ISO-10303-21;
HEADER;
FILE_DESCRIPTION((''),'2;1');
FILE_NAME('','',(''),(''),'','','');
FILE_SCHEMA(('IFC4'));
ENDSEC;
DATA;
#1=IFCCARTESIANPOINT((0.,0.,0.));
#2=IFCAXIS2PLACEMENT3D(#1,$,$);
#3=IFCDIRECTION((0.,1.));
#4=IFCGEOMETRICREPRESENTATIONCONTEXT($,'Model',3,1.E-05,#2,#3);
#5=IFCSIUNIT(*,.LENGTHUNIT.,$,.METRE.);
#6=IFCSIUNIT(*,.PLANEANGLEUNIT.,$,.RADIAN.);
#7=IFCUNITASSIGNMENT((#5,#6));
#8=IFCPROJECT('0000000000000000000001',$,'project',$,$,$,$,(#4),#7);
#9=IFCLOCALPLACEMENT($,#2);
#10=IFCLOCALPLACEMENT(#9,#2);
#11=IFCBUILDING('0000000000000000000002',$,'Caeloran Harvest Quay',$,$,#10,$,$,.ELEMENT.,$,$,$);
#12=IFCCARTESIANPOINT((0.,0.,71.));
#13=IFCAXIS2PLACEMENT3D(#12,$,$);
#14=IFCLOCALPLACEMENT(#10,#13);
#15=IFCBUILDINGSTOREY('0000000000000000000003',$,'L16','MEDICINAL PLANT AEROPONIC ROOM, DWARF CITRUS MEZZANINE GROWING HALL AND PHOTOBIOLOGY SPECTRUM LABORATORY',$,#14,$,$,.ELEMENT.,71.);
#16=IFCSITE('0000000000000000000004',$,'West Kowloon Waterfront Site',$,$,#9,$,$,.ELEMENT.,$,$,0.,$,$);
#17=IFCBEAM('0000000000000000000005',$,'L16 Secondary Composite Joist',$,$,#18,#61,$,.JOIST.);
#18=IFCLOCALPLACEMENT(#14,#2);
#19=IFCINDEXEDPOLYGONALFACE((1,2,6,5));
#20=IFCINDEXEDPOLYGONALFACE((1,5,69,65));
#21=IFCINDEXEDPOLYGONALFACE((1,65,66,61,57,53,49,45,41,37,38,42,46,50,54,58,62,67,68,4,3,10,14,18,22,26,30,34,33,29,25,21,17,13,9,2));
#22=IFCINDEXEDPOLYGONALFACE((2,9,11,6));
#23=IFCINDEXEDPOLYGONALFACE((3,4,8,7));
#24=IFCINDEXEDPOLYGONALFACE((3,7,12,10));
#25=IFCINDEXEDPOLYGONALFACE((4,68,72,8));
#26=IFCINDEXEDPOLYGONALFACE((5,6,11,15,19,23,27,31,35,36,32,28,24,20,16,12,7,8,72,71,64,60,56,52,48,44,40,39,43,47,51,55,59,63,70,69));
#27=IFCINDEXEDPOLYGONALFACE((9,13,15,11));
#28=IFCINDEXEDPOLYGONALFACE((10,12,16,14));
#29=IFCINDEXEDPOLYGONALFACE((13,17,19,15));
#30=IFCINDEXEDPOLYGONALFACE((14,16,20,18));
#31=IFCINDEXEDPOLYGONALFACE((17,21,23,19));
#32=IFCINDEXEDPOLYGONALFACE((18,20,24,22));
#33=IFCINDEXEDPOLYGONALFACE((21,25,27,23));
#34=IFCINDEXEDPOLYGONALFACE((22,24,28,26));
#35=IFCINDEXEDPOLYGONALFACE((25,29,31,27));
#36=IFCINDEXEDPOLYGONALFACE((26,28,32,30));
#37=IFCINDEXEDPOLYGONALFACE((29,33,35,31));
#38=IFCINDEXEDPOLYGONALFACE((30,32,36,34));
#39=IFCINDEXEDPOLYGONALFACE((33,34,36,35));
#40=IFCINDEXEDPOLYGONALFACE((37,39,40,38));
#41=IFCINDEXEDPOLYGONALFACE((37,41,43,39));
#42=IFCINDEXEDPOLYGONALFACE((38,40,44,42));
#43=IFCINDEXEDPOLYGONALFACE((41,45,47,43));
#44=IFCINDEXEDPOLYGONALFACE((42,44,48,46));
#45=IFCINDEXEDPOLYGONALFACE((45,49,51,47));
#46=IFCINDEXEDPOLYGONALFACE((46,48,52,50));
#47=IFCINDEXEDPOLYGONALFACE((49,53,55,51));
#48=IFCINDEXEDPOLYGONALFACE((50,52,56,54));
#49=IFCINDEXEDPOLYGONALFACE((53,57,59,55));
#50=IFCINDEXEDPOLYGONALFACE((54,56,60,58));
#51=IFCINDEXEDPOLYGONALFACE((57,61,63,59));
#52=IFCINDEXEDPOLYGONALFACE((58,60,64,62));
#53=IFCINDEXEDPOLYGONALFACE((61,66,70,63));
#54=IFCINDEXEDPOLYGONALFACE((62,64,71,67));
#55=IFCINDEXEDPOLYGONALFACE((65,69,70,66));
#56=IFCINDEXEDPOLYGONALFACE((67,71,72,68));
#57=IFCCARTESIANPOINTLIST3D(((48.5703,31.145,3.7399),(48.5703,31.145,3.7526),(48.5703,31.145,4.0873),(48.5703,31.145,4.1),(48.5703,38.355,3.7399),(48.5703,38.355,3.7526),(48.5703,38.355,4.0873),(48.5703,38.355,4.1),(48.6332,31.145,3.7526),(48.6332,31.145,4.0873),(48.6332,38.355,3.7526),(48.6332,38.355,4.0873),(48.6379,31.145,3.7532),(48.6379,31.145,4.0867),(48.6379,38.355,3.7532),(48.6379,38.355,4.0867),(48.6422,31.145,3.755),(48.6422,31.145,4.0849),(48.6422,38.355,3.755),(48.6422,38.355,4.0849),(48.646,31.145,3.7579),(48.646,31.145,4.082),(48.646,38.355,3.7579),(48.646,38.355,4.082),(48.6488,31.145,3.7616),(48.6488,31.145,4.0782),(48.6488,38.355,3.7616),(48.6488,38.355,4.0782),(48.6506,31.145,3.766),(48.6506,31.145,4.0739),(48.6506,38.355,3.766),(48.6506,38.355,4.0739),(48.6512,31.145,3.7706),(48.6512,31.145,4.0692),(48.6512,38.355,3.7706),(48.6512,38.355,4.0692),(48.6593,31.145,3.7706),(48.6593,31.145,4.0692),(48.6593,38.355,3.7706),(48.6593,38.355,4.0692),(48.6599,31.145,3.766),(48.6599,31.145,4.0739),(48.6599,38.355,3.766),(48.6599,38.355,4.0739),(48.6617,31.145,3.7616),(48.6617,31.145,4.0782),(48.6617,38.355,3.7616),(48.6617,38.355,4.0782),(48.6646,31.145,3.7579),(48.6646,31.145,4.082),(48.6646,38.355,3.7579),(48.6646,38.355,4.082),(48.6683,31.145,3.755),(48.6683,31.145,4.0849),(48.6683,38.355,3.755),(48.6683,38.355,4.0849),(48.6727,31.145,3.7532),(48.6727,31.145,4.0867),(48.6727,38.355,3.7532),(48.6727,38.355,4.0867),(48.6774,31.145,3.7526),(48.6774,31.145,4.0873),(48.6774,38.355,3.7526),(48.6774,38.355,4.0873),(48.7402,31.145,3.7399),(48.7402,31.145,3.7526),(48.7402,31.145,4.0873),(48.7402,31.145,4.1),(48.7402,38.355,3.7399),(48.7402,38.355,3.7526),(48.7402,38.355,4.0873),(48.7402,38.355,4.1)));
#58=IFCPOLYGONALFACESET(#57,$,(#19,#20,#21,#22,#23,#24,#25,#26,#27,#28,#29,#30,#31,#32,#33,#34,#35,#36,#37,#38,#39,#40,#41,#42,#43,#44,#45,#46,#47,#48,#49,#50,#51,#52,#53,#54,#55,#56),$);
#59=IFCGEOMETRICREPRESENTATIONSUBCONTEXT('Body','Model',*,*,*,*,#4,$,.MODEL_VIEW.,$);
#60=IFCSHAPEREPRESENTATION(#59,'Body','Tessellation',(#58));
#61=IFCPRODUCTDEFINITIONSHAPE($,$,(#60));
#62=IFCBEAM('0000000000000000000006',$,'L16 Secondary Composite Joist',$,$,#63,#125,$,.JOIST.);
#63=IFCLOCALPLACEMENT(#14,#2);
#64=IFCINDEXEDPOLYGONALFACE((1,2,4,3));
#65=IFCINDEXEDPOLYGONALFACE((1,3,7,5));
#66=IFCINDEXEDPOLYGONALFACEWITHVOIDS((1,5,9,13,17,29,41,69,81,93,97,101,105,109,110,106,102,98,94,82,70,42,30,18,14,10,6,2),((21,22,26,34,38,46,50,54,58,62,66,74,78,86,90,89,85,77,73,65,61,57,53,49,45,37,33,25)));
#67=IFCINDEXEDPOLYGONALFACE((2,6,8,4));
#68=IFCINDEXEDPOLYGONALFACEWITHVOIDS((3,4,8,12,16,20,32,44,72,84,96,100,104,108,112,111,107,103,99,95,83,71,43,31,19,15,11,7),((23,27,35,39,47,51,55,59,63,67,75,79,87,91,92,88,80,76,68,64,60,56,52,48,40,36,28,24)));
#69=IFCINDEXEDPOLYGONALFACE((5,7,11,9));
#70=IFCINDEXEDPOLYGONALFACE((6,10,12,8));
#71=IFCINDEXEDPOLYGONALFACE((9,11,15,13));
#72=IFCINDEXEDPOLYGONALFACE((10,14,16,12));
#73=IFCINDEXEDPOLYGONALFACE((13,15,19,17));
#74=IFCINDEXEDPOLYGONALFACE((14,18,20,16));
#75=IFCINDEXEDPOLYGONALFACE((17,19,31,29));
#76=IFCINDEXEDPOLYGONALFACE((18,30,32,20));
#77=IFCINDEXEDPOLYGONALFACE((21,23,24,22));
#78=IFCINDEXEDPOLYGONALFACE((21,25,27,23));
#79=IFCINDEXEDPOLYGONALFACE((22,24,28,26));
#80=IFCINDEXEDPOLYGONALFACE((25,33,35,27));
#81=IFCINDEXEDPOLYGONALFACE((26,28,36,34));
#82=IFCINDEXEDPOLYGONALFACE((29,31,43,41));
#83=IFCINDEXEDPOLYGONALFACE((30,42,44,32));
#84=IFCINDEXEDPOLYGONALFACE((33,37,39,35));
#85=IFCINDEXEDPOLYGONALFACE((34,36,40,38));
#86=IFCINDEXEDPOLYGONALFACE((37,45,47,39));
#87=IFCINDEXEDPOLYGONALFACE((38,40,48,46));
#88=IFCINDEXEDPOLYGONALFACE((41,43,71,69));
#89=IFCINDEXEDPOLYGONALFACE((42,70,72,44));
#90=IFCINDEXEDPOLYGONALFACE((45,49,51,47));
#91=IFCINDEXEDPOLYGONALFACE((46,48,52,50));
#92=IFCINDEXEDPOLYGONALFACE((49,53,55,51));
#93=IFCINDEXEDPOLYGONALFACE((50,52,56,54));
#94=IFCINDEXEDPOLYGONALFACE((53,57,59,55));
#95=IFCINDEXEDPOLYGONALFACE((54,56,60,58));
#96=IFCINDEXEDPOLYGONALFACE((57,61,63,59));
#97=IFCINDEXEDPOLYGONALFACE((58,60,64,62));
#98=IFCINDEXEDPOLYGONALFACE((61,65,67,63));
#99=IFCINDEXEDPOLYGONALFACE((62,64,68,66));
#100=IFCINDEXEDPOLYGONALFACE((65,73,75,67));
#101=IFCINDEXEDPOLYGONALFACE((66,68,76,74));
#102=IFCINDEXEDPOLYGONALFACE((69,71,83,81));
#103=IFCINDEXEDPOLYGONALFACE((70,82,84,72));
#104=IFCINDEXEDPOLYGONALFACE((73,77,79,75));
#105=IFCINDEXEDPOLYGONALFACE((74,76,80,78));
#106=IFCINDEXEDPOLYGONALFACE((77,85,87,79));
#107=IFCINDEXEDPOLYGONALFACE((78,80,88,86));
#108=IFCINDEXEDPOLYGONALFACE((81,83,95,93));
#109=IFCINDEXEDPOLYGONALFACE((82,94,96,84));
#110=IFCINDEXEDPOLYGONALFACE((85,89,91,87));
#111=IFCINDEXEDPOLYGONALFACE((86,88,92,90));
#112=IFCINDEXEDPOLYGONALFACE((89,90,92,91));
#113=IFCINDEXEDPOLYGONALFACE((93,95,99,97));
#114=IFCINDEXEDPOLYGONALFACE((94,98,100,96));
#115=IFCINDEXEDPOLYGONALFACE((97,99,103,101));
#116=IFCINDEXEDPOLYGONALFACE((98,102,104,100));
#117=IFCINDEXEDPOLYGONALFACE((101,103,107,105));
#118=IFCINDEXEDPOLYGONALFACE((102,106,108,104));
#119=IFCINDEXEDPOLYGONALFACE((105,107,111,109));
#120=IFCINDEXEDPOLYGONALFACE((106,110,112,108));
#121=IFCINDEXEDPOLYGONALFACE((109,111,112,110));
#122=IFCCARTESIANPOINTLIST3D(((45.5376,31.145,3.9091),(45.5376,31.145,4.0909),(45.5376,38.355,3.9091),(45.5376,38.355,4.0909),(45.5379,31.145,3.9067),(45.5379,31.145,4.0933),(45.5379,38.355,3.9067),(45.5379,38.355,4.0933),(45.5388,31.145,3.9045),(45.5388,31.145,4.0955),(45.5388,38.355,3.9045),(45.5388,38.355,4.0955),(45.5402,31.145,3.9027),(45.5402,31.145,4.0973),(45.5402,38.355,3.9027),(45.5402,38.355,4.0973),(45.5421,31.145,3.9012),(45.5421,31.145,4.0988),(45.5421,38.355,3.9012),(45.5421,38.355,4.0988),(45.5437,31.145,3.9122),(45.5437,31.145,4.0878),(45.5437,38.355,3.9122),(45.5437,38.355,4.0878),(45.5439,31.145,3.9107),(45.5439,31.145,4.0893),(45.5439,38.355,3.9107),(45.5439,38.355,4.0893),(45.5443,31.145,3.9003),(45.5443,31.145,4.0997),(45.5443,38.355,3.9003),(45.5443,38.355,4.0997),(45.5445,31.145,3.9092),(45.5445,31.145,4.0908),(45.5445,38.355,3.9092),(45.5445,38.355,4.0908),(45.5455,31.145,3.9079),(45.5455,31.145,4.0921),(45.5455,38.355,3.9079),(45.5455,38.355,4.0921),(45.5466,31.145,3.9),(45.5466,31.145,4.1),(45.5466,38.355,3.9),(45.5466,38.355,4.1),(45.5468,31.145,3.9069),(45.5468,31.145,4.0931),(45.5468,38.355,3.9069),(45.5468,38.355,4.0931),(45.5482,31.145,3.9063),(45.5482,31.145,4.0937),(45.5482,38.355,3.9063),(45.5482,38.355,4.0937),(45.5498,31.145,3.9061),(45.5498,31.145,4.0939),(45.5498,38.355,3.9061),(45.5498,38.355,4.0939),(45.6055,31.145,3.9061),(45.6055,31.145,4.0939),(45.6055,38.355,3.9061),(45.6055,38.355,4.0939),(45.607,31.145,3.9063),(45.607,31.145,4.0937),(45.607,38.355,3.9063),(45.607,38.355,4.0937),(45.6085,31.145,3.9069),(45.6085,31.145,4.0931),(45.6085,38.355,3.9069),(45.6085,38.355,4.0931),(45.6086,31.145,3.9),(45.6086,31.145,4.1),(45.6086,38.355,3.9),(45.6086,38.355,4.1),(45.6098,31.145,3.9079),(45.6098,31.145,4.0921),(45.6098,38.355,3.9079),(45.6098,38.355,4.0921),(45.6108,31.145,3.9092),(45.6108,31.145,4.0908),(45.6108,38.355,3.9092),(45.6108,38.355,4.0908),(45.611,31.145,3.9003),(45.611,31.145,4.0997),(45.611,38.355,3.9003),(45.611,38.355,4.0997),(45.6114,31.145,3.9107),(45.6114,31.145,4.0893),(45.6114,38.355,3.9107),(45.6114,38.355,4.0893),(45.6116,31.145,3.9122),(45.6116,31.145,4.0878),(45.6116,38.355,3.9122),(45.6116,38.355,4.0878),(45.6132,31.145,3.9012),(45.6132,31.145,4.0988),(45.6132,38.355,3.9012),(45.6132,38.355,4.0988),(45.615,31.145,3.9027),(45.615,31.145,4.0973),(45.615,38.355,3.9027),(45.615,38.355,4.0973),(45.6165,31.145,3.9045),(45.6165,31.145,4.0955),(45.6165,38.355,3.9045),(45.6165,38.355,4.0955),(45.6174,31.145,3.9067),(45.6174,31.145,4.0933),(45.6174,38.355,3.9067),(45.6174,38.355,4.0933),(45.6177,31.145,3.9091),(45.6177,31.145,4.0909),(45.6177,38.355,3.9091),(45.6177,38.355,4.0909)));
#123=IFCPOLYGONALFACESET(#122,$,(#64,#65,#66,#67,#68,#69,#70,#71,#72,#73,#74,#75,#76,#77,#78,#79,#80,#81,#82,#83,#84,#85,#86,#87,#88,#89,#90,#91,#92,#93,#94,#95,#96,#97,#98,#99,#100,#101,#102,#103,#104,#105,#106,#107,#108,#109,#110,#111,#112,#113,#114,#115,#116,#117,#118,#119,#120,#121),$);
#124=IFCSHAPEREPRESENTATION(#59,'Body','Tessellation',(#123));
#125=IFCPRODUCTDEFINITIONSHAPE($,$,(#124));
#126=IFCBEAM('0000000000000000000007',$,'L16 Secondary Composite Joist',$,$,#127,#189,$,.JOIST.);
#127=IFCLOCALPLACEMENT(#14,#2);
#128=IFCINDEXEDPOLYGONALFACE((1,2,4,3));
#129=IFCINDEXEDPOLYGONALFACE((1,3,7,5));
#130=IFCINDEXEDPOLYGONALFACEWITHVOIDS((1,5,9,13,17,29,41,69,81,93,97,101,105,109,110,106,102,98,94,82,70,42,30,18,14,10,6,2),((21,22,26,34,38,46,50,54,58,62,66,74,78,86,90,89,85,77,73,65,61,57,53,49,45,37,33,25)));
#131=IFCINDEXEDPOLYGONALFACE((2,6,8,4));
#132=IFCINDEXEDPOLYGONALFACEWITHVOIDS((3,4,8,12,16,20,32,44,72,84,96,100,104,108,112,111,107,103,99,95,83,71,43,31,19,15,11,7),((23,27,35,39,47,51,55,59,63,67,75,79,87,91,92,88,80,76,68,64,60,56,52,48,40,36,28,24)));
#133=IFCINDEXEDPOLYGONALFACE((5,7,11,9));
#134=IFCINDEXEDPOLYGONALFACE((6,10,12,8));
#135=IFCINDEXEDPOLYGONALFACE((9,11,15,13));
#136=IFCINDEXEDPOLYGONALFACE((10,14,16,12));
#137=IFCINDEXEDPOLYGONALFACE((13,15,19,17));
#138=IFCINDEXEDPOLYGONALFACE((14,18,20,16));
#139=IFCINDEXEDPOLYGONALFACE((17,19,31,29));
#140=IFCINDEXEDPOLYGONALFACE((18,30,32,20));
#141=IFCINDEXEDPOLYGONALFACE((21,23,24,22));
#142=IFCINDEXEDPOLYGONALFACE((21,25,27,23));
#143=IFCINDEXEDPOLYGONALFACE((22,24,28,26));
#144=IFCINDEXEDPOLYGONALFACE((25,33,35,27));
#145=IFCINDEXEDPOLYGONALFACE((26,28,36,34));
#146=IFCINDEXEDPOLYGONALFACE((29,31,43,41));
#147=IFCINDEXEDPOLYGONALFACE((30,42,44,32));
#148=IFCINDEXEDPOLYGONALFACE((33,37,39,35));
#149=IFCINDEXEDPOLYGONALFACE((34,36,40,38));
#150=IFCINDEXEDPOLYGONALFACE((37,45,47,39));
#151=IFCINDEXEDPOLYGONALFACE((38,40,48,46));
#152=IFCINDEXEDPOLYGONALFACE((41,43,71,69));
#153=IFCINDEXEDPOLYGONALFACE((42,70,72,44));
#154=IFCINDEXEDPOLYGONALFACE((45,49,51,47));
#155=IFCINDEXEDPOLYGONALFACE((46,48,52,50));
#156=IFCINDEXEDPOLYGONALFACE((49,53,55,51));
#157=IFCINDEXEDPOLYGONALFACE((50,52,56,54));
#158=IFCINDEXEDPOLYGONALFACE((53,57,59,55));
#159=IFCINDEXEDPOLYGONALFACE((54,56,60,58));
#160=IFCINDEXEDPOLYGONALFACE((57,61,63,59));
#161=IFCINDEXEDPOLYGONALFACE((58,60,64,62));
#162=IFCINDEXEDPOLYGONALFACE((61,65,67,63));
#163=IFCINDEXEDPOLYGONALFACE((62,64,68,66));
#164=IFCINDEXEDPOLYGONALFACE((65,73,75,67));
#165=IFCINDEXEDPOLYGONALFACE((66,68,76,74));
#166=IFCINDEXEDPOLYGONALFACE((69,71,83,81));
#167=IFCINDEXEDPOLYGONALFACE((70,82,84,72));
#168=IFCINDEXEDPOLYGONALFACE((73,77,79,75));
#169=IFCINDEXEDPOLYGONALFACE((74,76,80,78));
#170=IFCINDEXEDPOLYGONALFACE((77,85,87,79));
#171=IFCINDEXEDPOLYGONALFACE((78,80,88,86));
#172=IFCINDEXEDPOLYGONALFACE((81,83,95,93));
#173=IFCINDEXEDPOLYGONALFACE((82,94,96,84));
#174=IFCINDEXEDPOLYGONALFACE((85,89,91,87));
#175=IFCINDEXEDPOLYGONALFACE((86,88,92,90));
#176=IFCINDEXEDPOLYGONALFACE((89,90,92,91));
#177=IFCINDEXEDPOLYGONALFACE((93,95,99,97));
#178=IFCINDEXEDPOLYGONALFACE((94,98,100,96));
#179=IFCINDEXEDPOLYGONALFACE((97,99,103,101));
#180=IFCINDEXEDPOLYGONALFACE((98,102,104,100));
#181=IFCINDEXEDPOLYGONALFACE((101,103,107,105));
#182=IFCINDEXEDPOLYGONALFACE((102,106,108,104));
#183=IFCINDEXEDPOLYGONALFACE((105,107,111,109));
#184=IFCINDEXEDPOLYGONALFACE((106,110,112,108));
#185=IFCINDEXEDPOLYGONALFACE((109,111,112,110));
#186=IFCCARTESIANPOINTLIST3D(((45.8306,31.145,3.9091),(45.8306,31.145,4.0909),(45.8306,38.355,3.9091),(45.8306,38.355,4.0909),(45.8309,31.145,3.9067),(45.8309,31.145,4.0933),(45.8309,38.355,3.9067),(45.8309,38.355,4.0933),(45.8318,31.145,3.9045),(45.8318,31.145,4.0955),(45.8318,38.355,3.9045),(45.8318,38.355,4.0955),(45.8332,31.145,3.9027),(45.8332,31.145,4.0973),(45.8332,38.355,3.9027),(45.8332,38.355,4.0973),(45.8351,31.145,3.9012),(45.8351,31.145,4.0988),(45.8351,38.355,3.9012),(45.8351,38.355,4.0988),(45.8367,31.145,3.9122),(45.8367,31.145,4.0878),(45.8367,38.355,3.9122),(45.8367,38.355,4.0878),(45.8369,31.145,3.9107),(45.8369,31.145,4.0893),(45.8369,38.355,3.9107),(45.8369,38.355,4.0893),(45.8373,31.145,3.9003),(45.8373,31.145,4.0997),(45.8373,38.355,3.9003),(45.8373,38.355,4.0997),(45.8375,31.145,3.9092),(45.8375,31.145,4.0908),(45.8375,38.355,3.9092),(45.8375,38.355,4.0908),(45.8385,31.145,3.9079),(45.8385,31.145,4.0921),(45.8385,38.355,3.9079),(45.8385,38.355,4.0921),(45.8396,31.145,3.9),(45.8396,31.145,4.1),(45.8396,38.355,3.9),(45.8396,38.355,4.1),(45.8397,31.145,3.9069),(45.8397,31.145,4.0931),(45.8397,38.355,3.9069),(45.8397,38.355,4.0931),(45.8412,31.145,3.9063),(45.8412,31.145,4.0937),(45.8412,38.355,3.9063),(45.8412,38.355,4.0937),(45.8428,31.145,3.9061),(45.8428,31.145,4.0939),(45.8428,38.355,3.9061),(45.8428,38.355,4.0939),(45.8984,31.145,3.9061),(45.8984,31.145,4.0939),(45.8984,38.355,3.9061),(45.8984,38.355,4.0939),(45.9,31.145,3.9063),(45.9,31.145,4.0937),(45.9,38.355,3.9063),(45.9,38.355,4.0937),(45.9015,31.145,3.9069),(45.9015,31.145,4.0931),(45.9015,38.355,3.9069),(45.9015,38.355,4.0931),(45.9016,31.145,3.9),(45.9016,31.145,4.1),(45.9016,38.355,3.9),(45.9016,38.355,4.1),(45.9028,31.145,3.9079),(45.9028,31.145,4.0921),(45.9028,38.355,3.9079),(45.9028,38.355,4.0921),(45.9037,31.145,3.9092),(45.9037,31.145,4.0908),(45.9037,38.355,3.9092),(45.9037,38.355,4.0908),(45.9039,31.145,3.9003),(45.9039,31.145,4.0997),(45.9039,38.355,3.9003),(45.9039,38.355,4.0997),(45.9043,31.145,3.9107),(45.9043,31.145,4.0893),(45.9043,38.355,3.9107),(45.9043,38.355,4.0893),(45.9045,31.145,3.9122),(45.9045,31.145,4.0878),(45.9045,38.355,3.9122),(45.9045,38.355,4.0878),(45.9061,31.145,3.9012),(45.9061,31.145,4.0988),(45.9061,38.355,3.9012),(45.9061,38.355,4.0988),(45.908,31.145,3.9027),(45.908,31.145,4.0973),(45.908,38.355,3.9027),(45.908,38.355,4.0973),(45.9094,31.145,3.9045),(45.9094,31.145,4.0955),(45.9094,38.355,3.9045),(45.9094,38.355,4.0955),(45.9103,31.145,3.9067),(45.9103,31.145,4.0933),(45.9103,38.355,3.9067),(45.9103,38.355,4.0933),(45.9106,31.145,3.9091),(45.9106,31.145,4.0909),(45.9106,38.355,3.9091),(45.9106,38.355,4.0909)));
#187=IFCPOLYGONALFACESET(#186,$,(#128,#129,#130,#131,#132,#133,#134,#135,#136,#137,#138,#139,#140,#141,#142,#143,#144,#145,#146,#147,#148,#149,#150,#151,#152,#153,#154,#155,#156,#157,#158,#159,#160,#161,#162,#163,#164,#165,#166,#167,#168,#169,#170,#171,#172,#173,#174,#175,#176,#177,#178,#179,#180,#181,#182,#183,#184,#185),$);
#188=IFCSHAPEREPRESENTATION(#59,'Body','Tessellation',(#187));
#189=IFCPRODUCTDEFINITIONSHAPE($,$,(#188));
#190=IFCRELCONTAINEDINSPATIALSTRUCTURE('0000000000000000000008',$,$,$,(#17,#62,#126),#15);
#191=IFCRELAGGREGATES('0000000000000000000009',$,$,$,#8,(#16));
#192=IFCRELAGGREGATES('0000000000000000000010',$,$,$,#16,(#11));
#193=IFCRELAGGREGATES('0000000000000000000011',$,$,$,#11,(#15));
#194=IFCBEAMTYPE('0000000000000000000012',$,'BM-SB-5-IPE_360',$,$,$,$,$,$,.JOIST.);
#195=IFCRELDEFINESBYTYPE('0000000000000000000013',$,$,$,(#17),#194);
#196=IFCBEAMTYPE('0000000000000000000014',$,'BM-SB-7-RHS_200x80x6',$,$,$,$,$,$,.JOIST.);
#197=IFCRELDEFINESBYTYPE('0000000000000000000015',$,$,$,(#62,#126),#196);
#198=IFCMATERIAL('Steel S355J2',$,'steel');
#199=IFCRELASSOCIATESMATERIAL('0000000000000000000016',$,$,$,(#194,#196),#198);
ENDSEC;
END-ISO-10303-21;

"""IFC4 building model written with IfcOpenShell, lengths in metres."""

from ifc_helpers import new_model, si_unit, direction, frame, origin, origin_2d, place, context, subcontext, project, spatial, hollow_rectangle, i_section, extrude, material, material_profile, profile_set, type_object, element, save


model = new_model("IFC4")

# Units and contexts
model_context = context("Model", 3, precision=1e-05, world=origin(), true_north=direction((0.0, 1.0)))
body_context = subcontext(model_context, "Body", "Model", "MODEL_VIEW")
ifc_project = project(units=[si_unit("LENGTHUNIT", "METRE"), si_unit("PLANEANGLEUNIT", "RADIAN")], contexts=[model_context])

# Site, building, storey
site_placement = place(None, origin())
site = spatial("IfcSite", under=ifc_project, at=site_placement, Name="West Kowloon Waterfront Site", CompositionType="ELEMENT", RefElevation=0.0)
building_placement = place(site_placement, origin())
building = spatial("IfcBuilding", under=site, at=building_placement, Name="Caeloran Harvest Quay", CompositionType="ELEMENT")
storey_placement = place(building_placement, frame((0.0, 0.0, 71.0)))
storey = spatial("IfcBuildingStorey", under=building, at=storey_placement, Name="L16", Description="MEDICINAL PLANT AEROPONIC ROOM, DWARF CITRUS MEZZANINE GROWING HALL AND PHOTOBIOLOGY SPECTRUM LABORATORY", CompositionType="ELEMENT", Elevation=71.0)

# Beams
ifc_material_1 = material(Name="Steel S355J2", Category="steel")
ifc_material_profile_1 = material_profile(ifc_material_1, i_section(OverallWidth=0.1699, OverallDepth=0.3601, WebThickness=0.0081, FlangeThickness=0.0127, FilletRadius=0.0181, at=origin_2d()), Name="IPE 360")
ifc_profile_set_1 = profile_set([ifc_material_profile_1], Name="Steel S355J2")
beam_type_1 = type_object("IfcBeamType", Name="BM-SB-5-IPE_360", PredefinedType="JOIST", material=ifc_profile_set_1)
for number, where, z_axis, x_axis, name in (
    (1, (48.6553, 31.145, 3.9199), (0.0, 1.0, 0.0), (-1.0, 0.0, 0.0), "L16 Secondary Composite Joist"),
):
    element("IfcBeam", number, at=place(storey_placement, frame(where, z_axis=z_axis, x_axis=x_axis)), inside=storey, type_object=beam_type_1, Name=name, PredefinedType="JOIST", context=body_context, shape_type="SweptSolid", body=[
        extrude(i_section(OverallWidth=0.1699, OverallDepth=0.3601, WebThickness=0.0081, FlangeThickness=0.0127, FilletRadius=0.0181, at=origin_2d()), origin(), (0.0, 0.0, 1.0), 7.21),
    ])
ifc_material_profile_2 = material_profile(ifc_material_1, hollow_rectangle(XDim=0.0801, YDim=0.2, WallThickness=0.0061, InnerFilletRadius=0.0061, OuterFilletRadius=0.009, at=origin_2d()), Name="RHS 200x80x6")
ifc_profile_set_2 = profile_set([ifc_material_profile_2], Name="Steel S355J2")
beam_type_2 = type_object("IfcBeamType", Name="BM-SB-7-RHS_200x80x6", PredefinedType="JOIST", material=ifc_profile_set_2)
for number, where, z_axis, x_axis, name in (
    (2, (45.5776, 31.145, 4.0), (0.0, 1.0, 0.0), (-1.0, 0.0, 0.0), "L16 Secondary Composite Joist"),
    (3, (45.8706, 31.145, 4.0), (0.0, 1.0, 0.0), (-1.0, 0.0, 0.0), "L16 Secondary Composite Joist"),
):
    element("IfcBeam", number, at=place(storey_placement, frame(where, z_axis=z_axis, x_axis=x_axis)), inside=storey, type_object=beam_type_2, Name=name, PredefinedType="JOIST", context=body_context, shape_type="SweptSolid", body=[
        extrude(hollow_rectangle(XDim=0.0801, YDim=0.2, WallThickness=0.0061, InnerFilletRadius=0.0061, OuterFilletRadius=0.009, at=origin_2d()), origin(), (0.0, 0.0, 1.0), 7.21),
    ])

save(model, "model.ifc")
